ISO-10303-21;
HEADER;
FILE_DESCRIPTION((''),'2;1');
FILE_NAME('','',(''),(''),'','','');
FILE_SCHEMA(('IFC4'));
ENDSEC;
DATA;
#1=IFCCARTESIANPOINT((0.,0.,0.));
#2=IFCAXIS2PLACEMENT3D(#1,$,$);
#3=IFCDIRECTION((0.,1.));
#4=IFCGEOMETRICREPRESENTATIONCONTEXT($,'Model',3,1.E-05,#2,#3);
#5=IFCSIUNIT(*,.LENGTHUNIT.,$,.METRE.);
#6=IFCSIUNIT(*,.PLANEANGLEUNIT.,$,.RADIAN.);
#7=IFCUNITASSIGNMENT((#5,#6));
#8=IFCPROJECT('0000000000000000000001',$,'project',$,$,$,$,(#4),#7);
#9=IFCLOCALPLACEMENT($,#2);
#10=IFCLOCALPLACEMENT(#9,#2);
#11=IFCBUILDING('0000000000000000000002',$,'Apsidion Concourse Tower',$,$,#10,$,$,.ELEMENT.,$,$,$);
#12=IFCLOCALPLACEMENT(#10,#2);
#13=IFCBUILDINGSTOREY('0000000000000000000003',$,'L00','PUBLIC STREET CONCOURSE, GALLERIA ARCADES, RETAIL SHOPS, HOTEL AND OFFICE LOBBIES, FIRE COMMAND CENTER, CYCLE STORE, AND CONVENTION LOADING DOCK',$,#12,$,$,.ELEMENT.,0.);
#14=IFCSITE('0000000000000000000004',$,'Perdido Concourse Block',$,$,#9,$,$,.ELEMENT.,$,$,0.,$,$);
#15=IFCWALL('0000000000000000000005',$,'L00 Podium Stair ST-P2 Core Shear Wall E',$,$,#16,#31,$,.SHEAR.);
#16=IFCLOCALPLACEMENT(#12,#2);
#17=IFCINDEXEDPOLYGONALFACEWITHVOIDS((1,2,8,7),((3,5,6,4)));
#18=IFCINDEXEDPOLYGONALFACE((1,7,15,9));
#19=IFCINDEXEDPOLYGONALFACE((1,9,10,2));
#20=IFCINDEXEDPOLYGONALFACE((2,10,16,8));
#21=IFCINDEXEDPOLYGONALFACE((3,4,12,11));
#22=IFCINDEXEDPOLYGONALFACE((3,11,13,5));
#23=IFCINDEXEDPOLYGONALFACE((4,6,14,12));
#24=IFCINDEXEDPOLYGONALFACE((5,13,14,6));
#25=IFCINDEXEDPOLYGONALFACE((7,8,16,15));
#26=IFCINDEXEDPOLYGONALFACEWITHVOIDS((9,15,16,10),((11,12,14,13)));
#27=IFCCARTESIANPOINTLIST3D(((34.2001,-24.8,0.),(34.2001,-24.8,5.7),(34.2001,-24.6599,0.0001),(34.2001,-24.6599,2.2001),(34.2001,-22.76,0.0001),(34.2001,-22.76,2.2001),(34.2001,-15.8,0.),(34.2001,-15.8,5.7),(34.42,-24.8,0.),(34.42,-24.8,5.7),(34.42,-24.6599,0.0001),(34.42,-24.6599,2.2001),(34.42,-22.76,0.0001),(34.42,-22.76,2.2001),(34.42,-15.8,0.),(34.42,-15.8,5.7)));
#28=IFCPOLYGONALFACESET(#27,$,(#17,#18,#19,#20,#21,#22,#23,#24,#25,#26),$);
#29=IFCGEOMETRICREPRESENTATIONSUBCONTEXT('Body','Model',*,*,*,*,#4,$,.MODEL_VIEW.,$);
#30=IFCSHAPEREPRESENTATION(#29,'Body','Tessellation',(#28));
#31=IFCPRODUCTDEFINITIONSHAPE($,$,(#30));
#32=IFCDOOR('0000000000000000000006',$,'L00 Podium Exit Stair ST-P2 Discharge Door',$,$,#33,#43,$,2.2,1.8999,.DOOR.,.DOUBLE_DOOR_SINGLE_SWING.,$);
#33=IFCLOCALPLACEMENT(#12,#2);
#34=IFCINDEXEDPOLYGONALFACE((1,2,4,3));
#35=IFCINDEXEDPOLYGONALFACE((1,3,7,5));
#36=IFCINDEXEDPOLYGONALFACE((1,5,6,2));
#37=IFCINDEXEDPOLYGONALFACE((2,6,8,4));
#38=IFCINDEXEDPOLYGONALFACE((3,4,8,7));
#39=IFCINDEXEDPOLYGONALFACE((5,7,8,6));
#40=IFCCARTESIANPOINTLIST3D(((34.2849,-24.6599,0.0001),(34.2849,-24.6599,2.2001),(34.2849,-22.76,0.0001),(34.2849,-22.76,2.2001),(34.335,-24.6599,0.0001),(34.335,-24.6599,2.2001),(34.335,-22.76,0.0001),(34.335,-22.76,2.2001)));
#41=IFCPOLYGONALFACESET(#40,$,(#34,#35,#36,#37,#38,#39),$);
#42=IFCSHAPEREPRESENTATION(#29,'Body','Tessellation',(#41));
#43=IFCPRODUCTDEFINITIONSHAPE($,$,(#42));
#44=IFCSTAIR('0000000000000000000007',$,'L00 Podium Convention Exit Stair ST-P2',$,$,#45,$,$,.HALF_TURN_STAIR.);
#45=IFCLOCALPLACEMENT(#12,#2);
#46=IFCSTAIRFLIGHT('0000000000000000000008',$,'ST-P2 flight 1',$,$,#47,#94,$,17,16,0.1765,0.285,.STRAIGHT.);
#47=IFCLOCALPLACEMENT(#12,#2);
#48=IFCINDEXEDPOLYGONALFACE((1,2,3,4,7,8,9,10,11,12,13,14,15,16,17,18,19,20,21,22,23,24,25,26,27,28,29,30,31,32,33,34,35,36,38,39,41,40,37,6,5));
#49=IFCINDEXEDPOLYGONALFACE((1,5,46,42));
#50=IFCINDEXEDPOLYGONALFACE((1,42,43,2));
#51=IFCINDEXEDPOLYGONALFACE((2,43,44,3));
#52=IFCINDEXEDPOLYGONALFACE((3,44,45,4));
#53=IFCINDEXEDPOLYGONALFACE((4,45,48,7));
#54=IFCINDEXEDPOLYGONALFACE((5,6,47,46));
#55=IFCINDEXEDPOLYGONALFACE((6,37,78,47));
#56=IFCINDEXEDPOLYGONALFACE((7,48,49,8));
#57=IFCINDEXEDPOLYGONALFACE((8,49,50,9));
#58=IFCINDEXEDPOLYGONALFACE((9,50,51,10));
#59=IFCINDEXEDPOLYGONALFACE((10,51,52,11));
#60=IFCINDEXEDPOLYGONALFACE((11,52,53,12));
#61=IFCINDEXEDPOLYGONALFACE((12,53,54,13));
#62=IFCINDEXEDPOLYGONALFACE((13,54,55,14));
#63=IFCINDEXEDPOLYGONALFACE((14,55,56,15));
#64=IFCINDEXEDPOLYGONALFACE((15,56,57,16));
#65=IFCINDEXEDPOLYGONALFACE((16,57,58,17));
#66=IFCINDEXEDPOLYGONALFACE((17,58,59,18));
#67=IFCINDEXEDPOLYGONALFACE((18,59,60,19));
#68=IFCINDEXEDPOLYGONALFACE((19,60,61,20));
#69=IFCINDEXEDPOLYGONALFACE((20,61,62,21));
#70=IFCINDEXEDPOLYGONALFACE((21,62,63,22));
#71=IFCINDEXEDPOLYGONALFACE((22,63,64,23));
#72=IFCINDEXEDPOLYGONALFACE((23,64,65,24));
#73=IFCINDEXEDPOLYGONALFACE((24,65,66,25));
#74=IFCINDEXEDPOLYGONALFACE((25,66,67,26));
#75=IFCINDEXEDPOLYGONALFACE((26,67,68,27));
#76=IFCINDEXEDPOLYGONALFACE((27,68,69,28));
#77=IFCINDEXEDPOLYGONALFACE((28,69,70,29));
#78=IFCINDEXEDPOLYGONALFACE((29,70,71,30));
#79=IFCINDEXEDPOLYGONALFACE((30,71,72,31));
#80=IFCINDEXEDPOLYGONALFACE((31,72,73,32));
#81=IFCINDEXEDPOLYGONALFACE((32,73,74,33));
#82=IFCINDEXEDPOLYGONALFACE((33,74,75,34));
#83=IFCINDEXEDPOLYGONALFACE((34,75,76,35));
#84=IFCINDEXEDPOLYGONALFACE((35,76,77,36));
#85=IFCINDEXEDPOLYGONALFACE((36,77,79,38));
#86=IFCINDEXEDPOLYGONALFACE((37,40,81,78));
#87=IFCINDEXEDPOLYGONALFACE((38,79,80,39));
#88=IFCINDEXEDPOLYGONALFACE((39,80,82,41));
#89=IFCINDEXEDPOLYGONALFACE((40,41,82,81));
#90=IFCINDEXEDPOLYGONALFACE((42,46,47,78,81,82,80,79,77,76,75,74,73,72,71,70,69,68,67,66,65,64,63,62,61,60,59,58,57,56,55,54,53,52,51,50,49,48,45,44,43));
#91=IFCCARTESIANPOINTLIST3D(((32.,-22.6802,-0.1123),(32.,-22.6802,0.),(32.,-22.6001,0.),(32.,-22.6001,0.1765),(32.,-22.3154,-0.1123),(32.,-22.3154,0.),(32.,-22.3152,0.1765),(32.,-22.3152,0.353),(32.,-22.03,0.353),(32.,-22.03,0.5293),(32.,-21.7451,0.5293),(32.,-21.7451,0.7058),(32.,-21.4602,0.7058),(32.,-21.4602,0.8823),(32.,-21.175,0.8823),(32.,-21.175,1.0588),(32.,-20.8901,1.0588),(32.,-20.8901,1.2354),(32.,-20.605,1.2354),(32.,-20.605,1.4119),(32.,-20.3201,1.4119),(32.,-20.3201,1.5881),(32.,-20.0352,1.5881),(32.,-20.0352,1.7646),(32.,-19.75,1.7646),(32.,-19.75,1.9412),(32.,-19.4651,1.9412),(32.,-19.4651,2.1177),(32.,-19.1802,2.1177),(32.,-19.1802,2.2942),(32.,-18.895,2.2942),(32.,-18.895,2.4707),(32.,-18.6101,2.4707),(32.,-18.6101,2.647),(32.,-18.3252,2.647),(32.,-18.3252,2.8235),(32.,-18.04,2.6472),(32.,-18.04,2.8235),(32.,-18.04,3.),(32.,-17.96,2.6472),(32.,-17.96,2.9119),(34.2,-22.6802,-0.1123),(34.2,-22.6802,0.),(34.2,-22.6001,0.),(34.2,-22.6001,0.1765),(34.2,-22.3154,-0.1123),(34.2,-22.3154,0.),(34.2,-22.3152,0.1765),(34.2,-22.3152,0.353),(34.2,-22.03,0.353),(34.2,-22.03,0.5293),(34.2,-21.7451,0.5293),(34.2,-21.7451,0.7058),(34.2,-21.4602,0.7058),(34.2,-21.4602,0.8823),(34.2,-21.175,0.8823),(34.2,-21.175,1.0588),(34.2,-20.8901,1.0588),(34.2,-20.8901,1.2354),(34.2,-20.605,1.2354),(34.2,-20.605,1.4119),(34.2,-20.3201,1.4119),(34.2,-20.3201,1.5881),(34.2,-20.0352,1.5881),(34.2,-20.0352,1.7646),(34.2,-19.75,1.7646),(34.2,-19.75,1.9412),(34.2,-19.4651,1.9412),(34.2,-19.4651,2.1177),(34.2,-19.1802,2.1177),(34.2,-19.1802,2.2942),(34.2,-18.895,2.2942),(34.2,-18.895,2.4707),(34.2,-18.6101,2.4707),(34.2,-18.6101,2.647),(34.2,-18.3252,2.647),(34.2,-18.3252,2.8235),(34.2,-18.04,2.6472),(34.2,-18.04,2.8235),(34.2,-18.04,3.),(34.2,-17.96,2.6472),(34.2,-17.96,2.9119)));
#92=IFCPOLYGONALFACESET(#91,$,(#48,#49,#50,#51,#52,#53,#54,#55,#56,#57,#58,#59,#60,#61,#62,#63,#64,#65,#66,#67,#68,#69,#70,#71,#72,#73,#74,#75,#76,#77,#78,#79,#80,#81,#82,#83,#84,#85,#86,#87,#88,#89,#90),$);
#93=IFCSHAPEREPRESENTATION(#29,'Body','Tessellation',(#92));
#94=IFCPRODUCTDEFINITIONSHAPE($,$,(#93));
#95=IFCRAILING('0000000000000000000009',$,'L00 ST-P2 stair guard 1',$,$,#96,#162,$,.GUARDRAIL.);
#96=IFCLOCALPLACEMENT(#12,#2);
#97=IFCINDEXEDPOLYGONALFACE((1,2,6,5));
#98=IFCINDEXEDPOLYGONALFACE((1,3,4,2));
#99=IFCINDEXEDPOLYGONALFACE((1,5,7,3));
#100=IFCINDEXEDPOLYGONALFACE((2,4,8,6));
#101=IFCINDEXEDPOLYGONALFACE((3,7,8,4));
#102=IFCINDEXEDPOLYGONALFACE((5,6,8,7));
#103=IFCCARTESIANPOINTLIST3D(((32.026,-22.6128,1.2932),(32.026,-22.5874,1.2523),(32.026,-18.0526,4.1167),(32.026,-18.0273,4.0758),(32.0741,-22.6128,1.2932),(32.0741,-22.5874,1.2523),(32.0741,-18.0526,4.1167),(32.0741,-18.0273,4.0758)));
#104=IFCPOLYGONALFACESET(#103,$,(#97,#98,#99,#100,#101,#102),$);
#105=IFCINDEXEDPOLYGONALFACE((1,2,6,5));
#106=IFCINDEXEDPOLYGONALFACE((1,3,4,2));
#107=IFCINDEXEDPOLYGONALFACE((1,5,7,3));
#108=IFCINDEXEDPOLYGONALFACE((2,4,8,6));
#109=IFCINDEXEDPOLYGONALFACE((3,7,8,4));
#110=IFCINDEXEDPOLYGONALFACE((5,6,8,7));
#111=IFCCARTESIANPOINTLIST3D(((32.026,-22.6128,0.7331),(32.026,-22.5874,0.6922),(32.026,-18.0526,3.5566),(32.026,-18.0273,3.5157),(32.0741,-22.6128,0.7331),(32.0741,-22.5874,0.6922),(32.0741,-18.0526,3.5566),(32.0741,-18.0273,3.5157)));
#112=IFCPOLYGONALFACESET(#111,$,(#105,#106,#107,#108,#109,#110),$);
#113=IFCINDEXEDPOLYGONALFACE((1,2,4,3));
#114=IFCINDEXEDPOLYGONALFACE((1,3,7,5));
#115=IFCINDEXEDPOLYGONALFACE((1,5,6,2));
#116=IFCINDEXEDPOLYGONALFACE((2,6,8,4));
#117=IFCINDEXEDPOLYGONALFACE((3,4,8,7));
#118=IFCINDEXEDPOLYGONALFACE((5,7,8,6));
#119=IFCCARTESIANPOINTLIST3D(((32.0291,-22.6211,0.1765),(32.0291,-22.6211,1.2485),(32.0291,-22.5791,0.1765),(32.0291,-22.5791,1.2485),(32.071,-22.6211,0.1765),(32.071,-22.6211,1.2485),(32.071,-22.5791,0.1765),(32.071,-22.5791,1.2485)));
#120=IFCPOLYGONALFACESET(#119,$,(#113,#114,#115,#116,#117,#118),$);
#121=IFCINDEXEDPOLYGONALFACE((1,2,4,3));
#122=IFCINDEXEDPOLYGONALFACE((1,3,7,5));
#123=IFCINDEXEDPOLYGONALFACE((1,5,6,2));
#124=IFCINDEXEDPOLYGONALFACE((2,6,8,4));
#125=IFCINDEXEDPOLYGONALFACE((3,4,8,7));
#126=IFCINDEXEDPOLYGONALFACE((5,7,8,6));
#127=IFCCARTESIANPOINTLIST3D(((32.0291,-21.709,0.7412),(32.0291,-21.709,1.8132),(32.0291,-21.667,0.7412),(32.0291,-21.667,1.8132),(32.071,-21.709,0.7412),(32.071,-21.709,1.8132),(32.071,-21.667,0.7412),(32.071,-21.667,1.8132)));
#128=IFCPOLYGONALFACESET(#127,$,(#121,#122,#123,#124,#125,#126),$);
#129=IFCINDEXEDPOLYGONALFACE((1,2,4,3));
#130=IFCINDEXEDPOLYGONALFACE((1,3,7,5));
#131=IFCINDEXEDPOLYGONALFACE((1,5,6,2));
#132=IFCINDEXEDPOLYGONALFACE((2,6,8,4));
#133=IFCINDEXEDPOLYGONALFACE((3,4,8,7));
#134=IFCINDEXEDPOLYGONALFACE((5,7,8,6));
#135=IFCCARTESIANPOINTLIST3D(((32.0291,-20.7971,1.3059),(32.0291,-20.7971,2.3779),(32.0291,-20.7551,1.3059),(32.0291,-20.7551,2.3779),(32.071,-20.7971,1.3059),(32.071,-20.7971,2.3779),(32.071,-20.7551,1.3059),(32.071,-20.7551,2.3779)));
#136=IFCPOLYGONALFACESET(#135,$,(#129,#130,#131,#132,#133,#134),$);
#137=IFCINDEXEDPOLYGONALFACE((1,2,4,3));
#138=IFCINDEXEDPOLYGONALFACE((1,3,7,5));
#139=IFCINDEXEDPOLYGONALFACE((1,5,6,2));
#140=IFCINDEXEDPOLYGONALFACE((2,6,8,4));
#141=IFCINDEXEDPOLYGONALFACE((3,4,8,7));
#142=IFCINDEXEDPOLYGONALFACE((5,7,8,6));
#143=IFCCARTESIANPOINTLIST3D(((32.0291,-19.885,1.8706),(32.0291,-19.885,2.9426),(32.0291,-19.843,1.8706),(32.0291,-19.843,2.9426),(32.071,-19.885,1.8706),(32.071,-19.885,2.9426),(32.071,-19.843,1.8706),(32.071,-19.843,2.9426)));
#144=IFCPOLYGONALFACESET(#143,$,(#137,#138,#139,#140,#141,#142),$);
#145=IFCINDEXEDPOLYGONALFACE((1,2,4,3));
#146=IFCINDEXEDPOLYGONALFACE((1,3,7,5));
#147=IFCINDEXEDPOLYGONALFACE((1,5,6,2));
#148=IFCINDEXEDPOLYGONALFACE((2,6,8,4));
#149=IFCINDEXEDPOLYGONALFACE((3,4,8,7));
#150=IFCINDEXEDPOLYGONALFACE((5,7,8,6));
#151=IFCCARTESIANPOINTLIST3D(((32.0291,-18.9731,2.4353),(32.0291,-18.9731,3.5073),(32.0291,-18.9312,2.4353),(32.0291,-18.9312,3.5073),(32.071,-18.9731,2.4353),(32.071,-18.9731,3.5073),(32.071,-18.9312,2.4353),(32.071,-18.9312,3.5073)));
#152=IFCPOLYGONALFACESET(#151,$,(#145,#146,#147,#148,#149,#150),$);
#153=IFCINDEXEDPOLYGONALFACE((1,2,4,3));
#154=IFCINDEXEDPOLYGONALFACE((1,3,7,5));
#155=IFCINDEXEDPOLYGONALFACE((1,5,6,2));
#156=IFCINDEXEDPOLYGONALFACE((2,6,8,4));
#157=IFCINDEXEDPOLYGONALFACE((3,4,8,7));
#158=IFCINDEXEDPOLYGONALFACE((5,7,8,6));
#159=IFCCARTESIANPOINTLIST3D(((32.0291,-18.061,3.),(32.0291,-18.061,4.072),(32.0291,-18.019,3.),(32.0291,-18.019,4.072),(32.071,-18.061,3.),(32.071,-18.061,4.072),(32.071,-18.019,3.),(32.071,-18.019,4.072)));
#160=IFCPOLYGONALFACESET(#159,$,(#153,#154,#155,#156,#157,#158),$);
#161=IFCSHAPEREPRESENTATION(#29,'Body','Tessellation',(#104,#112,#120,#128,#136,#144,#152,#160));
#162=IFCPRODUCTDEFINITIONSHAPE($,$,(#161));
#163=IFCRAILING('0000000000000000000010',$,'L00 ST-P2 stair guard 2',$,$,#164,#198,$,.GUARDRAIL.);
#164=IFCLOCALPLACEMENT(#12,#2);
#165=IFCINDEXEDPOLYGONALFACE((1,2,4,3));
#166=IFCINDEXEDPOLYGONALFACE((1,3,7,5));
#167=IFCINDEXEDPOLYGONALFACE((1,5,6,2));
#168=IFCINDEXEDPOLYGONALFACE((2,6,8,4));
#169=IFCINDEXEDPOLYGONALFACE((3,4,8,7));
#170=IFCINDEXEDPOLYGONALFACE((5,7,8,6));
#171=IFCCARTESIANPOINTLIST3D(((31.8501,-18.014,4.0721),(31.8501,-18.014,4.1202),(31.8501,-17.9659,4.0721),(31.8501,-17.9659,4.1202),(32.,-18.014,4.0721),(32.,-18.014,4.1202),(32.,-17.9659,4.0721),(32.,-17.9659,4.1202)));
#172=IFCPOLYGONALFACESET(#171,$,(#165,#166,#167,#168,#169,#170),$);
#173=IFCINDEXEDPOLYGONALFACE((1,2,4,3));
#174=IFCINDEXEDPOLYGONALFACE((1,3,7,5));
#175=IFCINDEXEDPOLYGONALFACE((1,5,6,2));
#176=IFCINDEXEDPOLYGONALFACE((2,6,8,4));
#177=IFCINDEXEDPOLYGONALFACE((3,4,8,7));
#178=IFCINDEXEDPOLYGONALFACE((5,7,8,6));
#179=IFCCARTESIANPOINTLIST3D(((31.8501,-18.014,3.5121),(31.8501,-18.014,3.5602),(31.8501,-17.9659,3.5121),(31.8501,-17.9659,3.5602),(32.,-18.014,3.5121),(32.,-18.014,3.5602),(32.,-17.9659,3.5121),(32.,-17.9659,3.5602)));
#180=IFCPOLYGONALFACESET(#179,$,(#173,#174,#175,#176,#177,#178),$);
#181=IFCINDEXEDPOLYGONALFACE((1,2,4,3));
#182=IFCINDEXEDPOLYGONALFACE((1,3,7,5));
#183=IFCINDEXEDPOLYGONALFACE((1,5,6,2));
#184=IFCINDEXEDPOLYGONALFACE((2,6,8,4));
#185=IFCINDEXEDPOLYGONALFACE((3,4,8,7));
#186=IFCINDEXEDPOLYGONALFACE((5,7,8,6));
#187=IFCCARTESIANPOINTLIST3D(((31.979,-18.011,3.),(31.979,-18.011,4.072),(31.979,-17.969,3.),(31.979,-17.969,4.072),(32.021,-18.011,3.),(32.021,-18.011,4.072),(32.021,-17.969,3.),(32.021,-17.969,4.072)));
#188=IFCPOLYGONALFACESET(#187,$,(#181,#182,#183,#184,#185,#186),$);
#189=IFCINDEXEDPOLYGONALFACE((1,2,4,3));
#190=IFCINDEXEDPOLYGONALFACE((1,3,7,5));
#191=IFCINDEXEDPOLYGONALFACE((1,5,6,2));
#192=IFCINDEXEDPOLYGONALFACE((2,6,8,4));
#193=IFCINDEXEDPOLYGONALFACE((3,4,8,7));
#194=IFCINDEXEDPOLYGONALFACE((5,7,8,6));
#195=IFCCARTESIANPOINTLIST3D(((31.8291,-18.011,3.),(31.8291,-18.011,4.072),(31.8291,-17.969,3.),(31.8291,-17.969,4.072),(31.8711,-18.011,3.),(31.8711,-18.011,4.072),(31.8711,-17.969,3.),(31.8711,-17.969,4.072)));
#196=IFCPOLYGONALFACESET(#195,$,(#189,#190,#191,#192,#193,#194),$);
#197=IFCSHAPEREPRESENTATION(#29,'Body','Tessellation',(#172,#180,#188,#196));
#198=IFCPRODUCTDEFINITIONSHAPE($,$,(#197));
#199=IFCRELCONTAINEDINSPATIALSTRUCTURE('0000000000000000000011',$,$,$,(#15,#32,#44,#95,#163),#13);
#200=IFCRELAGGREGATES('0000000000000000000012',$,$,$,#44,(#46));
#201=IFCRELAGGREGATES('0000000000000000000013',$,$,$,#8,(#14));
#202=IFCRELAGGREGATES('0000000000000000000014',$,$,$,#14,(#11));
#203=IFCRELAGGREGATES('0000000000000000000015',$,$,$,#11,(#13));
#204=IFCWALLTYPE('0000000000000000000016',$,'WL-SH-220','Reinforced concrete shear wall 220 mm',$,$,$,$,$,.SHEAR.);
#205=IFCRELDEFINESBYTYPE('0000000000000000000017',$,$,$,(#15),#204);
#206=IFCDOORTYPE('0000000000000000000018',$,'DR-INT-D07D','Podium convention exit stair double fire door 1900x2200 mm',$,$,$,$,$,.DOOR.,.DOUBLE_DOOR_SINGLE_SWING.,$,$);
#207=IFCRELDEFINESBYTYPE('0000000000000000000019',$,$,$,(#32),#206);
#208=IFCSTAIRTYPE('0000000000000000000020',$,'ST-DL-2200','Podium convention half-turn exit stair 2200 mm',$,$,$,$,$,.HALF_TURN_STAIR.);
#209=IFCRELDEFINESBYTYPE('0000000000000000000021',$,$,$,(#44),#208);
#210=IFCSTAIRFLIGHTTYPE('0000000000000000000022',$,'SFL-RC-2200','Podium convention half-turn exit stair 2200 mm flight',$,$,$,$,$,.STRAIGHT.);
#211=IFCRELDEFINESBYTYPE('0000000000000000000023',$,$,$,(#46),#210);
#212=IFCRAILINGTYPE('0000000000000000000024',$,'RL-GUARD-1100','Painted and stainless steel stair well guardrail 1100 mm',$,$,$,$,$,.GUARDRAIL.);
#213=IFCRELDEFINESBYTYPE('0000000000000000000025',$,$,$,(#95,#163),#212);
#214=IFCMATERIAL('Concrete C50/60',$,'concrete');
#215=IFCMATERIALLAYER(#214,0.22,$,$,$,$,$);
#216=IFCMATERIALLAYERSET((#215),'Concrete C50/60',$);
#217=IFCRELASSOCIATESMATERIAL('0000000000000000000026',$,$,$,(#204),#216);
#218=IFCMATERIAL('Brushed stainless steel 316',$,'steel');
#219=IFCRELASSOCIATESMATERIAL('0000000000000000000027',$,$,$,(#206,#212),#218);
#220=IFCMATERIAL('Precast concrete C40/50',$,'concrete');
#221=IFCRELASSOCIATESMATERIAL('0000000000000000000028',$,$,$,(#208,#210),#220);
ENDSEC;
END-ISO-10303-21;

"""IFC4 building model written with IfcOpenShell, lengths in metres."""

from ifc_helpers import new_model, si_unit, direction, frame, frame_2d, origin, origin_2d, place, context, subcontext, project, spatial, polyline, rectangle, outline, extrude, material, layer, layer_set, type_object, element, fill, aggregate, save


model = new_model("IFC4")

# Units and contexts
model_context = context("Model", 3, precision=1e-05, world=origin(), true_north=direction((0.0, 1.0)))
body_context = subcontext(model_context, "Body", "Model", "MODEL_VIEW")
ifc_project = project(units=[si_unit("LENGTHUNIT", "METRE"), si_unit("PLANEANGLEUNIT", "RADIAN")], contexts=[model_context])

# Site, building, storey
site_placement = place(None, origin())
site = spatial("IfcSite", under=ifc_project, at=site_placement, Name="Perdido Concourse Block", CompositionType="ELEMENT", RefElevation=0.0)
building_placement = place(site_placement, origin())
building = spatial("IfcBuilding", under=site, at=building_placement, Name="Apsidion Concourse Tower", CompositionType="ELEMENT")
storey_placement = place(building_placement, origin())
storey = spatial("IfcBuildingStorey", under=building, at=storey_placement, Name="L00", Description="PUBLIC STREET CONCOURSE, GALLERIA ARCADES, RETAIL SHOPS, HOTEL AND OFFICE LOBBIES, FIRE COMMAND CENTER, CYCLE STORE, AND CONVENTION LOADING DOCK", CompositionType="ELEMENT", Elevation=0.0)

# Shared definitions
ifc_material_1 = material(Name="Precast concrete C40/50", Category="concrete")
ifc_material_2 = material(Name="Brushed stainless steel 316", Category="steel")

# Wall, opening, door
ifc_material_3 = material(Name="Concrete C50/60", Category="concrete")
ifc_layer_1 = layer(ifc_material_3, 0.22)
ifc_layer_set_1 = layer_set([ifc_layer_1], Name="Concrete C50/60")
wall_type_1 = type_object("IfcWallType", Name="WL-SH-220", Description="Reinforced concrete shear wall 220 mm", PredefinedType="SHEAR", material=ifc_layer_set_1)
wall_1_placement = place(storey_placement, frame((34.3101, -15.8, 0.0), z_axis=(0.0, 0.0, 1.0), x_axis=(0.0, -1.0, 0.0)))
wall_1 = element("IfcWall", 1, at=wall_1_placement, inside=storey, type_object=wall_type_1, Name="L00 Podium Stair ST-P2 Core Shear Wall E", PredefinedType="SHEAR", context=body_context, shape_type="SweptSolid", body=[
    extrude(rectangle(XDim=9.0, YDim=0.22, at=frame_2d((4.5, 0.0))), origin(), (0.0, 0.0, 1.0), 5.7),
])
opening_1_placement = place(wall_1_placement, frame((6.96, 0.0, 0.0)))
opening_1 = element("IfcOpeningElement", 2, at=opening_1_placement, cuts=wall_1, PredefinedType="OPENING", context=body_context, shape_type="SweptSolid", body=[
    extrude(rectangle(XDim=1.8999, YDim=2.2, at=frame_2d((0.95, 1.1001))), frame((0.0, 0.1201, 0.0), z_axis=(0.0, -1.0, 0.0), x_axis=(1.0, 0.0, 0.0)), (0.0, 0.0, 1.0), 0.24),
])
door_type_1 = type_object("IfcDoorType", Name="DR-INT-D07D", Description="Podium convention exit stair double fire door 1900x2200 mm", OperationType="DOUBLE_DOOR_SINGLE_SWING", PredefinedType="DOOR", material=ifc_material_2)
door_1_placement = place(opening_1_placement, origin())
door_1 = element("IfcDoor", 3, at=door_1_placement, inside=storey, type_object=door_type_1, Name="L00 Podium Exit Stair ST-P2 Discharge Door", OperationType="DOUBLE_DOOR_SINGLE_SWING", OverallHeight=2.2, OverallWidth=1.8999, PredefinedType="DOOR", context=body_context, shape_type="SweptSolid", body=[
    extrude(rectangle(XDim=1.8999, YDim=2.2, at=frame_2d((0.95, 1.1001))), frame((0.0, 0.0249, 0.0), z_axis=(0.0, -1.0, 0.0), x_axis=(1.0, 0.0, 0.0)), (0.0, 0.0, 1.0), 0.05),
])
fill(opening_1, door_1)

# Stair, stair flight
stair_type = type_object("IfcStairType", Name="ST-DL-2200", Description="Podium convention half-turn exit stair 2200 mm", PredefinedType="HALF_TURN_STAIR", material=ifc_material_1)
stair_placement = place(storey_placement, origin())
stair = element("IfcStair", 4, at=stair_placement, inside=storey, type_object=stair_type, Name="L00 Podium Convention Exit Stair ST-P2", PredefinedType="HALF_TURN_STAIR")
stair_flight_type = type_object("IfcStairFlightType", Name="SFL-RC-2200", Description="Podium convention half-turn exit stair 2200 mm flight", PredefinedType="STRAIGHT", material=ifc_material_1)
stair_flight_placement = place(storey_placement, frame((33.1001, -22.6001, 0.0), z_axis=(0.0, 0.0, 1.0), x_axis=(0.0, 1.0, 0.0)))
stair_flight = element("IfcStairFlight", 5, at=stair_flight_placement, type_object=stair_flight_type, Name="ST-P2 flight 1", NumberOfRisers=17, NumberOfTreads=16, PredefinedType="STRAIGHT", RiserHeight=0.1765, TreadLength=0.285, context=body_context, shape_type="SweptSolid", body=[
    extrude(outline(polyline([(-0.0801, -0.1123), (-0.0801, 0.0), (0.0, 0.0), (0.0, 0.1765), (0.2849, 0.1765), (0.2849, 0.353), (0.5701, 0.353), (0.5701, 0.5293), (0.855, 0.5293), (0.855, 0.7058), (1.1399, 0.7058), (1.1399, 0.8823), (1.425, 0.8823), (1.425, 1.0588), (1.71, 1.0588), (1.71, 1.2354), (1.9951, 1.2354), (1.9951, 1.4119), (2.28, 1.4119), (2.28, 1.5881), (2.5649, 1.5881), (2.5649, 1.7646), (2.8501, 1.7646), (2.8501, 1.9412), (3.135, 1.9412), (3.135, 2.1177), (3.4199, 2.1177), (3.4199, 2.2942), (3.7051, 2.2942), (3.7051, 2.4707), (3.99, 2.4707), (3.99, 2.647), (4.2749, 2.647), (4.2749, 2.8235), (4.5601, 2.8235), (4.5601, 3.0), (4.6401, 2.9119), (4.6401, 2.6472), (4.5601, 2.6472), (0.2847, 0.0), (0.2847, -0.1123), (-0.0801, -0.1123)])), frame((0.0, 1.1001, 0.0), z_axis=(0.0, -1.0, 0.0), x_axis=(1.0, 0.0, 0.0)), (0.0, 0.0, 1.0), 2.2),
])
aggregate(stair, [stair_flight])

# Railings
railing_type_1 = type_object("IfcRailingType", Name="RL-GUARD-1100", Description="Painted and stainless steel stair well guardrail 1100 mm", PredefinedType="GUARDRAIL", material=ifc_material_2)
railing_1_placement = place(storey_placement, frame((32.05, -22.6001, 0.1765)))
element("IfcRailing", 6, at=railing_1_placement, inside=storey, type_object=railing_type_1, Name="L00 ST-P2 stair guard 1", PredefinedType="GUARDRAIL", context=body_context, shape_type="SweptSolid", body=[
    extrude(rectangle(XDim=0.0481, YDim=0.0481, at=origin_2d()), frame((0.0, 0.0, 1.0962), z_axis=(0.0, 0.850216, 0.526435), x_axis=(-1.0, 0.0, 0.0)), (0.0, 0.0, 1.0), 5.3635),
    extrude(rectangle(XDim=0.0481, YDim=0.0481, at=origin_2d()), frame((0.0, 0.0, 0.5361), z_axis=(0.0, 0.850216, 0.526435), x_axis=(-1.0, 0.0, 0.0)), (0.0, 0.0, 1.0), 5.3635),
    extrude(rectangle(XDim=0.042, YDim=0.042, at=origin_2d()), origin(), (0.0, 0.0, 1.0), 1.072),
    extrude(rectangle(XDim=0.042, YDim=0.042, at=origin_2d()), frame((0.0, 0.9121, 0.5647)), (0.0, 0.0, 1.0), 1.072),
    extrude(rectangle(XDim=0.042, YDim=0.042, at=origin_2d()), frame((0.0, 1.824, 1.1294)), (0.0, 0.0, 1.0), 1.072),
    extrude(rectangle(XDim=0.042, YDim=0.042, at=origin_2d()), frame((0.0, 2.7361, 1.6941)), (0.0, 0.0, 1.0), 1.072),
    extrude(rectangle(XDim=0.042, YDim=0.042, at=origin_2d()), frame((0.0, 3.6479, 2.2588)), (0.0, 0.0, 1.0), 1.072),
    extrude(rectangle(XDim=0.042, YDim=0.042, at=origin_2d()), frame((0.0, 4.5601, 2.8235)), (0.0, 0.0, 1.0), 1.072),
])
for number, where, name in (
    (7, (32.0, -17.99, 3.0), "L00 ST-P2 stair guard 2"),
):
    element("IfcRailing", number, at=place(storey_placement, frame(where)), inside=storey, type_object=railing_type_1, Name=name, PredefinedType="GUARDRAIL", context=body_context, shape_type="SweptSolid", body=[
        extrude(rectangle(XDim=0.0481, YDim=0.0481, at=origin_2d()), frame((0.0, 0.0, 1.0962), z_axis=(-1.0, 0.0, 0.0), x_axis=(0.0, -1.0, 0.0)), (0.0, 0.0, 1.0), 0.1499),
        extrude(rectangle(XDim=0.0481, YDim=0.0481, at=origin_2d()), frame((0.0, 0.0, 0.5361), z_axis=(-1.0, 0.0, 0.0), x_axis=(0.0, -1.0, 0.0)), (0.0, 0.0, 1.0), 0.1499),
        extrude(rectangle(XDim=0.042, YDim=0.042, at=origin_2d()), origin(), (0.0, 0.0, 1.0), 1.072),
        extrude(rectangle(XDim=0.042, YDim=0.042, at=origin_2d()), frame((-0.1499, 0.0, 0.0)), (0.0, 0.0, 1.0), 1.072),
    ])

save(model, "model.ifc")
